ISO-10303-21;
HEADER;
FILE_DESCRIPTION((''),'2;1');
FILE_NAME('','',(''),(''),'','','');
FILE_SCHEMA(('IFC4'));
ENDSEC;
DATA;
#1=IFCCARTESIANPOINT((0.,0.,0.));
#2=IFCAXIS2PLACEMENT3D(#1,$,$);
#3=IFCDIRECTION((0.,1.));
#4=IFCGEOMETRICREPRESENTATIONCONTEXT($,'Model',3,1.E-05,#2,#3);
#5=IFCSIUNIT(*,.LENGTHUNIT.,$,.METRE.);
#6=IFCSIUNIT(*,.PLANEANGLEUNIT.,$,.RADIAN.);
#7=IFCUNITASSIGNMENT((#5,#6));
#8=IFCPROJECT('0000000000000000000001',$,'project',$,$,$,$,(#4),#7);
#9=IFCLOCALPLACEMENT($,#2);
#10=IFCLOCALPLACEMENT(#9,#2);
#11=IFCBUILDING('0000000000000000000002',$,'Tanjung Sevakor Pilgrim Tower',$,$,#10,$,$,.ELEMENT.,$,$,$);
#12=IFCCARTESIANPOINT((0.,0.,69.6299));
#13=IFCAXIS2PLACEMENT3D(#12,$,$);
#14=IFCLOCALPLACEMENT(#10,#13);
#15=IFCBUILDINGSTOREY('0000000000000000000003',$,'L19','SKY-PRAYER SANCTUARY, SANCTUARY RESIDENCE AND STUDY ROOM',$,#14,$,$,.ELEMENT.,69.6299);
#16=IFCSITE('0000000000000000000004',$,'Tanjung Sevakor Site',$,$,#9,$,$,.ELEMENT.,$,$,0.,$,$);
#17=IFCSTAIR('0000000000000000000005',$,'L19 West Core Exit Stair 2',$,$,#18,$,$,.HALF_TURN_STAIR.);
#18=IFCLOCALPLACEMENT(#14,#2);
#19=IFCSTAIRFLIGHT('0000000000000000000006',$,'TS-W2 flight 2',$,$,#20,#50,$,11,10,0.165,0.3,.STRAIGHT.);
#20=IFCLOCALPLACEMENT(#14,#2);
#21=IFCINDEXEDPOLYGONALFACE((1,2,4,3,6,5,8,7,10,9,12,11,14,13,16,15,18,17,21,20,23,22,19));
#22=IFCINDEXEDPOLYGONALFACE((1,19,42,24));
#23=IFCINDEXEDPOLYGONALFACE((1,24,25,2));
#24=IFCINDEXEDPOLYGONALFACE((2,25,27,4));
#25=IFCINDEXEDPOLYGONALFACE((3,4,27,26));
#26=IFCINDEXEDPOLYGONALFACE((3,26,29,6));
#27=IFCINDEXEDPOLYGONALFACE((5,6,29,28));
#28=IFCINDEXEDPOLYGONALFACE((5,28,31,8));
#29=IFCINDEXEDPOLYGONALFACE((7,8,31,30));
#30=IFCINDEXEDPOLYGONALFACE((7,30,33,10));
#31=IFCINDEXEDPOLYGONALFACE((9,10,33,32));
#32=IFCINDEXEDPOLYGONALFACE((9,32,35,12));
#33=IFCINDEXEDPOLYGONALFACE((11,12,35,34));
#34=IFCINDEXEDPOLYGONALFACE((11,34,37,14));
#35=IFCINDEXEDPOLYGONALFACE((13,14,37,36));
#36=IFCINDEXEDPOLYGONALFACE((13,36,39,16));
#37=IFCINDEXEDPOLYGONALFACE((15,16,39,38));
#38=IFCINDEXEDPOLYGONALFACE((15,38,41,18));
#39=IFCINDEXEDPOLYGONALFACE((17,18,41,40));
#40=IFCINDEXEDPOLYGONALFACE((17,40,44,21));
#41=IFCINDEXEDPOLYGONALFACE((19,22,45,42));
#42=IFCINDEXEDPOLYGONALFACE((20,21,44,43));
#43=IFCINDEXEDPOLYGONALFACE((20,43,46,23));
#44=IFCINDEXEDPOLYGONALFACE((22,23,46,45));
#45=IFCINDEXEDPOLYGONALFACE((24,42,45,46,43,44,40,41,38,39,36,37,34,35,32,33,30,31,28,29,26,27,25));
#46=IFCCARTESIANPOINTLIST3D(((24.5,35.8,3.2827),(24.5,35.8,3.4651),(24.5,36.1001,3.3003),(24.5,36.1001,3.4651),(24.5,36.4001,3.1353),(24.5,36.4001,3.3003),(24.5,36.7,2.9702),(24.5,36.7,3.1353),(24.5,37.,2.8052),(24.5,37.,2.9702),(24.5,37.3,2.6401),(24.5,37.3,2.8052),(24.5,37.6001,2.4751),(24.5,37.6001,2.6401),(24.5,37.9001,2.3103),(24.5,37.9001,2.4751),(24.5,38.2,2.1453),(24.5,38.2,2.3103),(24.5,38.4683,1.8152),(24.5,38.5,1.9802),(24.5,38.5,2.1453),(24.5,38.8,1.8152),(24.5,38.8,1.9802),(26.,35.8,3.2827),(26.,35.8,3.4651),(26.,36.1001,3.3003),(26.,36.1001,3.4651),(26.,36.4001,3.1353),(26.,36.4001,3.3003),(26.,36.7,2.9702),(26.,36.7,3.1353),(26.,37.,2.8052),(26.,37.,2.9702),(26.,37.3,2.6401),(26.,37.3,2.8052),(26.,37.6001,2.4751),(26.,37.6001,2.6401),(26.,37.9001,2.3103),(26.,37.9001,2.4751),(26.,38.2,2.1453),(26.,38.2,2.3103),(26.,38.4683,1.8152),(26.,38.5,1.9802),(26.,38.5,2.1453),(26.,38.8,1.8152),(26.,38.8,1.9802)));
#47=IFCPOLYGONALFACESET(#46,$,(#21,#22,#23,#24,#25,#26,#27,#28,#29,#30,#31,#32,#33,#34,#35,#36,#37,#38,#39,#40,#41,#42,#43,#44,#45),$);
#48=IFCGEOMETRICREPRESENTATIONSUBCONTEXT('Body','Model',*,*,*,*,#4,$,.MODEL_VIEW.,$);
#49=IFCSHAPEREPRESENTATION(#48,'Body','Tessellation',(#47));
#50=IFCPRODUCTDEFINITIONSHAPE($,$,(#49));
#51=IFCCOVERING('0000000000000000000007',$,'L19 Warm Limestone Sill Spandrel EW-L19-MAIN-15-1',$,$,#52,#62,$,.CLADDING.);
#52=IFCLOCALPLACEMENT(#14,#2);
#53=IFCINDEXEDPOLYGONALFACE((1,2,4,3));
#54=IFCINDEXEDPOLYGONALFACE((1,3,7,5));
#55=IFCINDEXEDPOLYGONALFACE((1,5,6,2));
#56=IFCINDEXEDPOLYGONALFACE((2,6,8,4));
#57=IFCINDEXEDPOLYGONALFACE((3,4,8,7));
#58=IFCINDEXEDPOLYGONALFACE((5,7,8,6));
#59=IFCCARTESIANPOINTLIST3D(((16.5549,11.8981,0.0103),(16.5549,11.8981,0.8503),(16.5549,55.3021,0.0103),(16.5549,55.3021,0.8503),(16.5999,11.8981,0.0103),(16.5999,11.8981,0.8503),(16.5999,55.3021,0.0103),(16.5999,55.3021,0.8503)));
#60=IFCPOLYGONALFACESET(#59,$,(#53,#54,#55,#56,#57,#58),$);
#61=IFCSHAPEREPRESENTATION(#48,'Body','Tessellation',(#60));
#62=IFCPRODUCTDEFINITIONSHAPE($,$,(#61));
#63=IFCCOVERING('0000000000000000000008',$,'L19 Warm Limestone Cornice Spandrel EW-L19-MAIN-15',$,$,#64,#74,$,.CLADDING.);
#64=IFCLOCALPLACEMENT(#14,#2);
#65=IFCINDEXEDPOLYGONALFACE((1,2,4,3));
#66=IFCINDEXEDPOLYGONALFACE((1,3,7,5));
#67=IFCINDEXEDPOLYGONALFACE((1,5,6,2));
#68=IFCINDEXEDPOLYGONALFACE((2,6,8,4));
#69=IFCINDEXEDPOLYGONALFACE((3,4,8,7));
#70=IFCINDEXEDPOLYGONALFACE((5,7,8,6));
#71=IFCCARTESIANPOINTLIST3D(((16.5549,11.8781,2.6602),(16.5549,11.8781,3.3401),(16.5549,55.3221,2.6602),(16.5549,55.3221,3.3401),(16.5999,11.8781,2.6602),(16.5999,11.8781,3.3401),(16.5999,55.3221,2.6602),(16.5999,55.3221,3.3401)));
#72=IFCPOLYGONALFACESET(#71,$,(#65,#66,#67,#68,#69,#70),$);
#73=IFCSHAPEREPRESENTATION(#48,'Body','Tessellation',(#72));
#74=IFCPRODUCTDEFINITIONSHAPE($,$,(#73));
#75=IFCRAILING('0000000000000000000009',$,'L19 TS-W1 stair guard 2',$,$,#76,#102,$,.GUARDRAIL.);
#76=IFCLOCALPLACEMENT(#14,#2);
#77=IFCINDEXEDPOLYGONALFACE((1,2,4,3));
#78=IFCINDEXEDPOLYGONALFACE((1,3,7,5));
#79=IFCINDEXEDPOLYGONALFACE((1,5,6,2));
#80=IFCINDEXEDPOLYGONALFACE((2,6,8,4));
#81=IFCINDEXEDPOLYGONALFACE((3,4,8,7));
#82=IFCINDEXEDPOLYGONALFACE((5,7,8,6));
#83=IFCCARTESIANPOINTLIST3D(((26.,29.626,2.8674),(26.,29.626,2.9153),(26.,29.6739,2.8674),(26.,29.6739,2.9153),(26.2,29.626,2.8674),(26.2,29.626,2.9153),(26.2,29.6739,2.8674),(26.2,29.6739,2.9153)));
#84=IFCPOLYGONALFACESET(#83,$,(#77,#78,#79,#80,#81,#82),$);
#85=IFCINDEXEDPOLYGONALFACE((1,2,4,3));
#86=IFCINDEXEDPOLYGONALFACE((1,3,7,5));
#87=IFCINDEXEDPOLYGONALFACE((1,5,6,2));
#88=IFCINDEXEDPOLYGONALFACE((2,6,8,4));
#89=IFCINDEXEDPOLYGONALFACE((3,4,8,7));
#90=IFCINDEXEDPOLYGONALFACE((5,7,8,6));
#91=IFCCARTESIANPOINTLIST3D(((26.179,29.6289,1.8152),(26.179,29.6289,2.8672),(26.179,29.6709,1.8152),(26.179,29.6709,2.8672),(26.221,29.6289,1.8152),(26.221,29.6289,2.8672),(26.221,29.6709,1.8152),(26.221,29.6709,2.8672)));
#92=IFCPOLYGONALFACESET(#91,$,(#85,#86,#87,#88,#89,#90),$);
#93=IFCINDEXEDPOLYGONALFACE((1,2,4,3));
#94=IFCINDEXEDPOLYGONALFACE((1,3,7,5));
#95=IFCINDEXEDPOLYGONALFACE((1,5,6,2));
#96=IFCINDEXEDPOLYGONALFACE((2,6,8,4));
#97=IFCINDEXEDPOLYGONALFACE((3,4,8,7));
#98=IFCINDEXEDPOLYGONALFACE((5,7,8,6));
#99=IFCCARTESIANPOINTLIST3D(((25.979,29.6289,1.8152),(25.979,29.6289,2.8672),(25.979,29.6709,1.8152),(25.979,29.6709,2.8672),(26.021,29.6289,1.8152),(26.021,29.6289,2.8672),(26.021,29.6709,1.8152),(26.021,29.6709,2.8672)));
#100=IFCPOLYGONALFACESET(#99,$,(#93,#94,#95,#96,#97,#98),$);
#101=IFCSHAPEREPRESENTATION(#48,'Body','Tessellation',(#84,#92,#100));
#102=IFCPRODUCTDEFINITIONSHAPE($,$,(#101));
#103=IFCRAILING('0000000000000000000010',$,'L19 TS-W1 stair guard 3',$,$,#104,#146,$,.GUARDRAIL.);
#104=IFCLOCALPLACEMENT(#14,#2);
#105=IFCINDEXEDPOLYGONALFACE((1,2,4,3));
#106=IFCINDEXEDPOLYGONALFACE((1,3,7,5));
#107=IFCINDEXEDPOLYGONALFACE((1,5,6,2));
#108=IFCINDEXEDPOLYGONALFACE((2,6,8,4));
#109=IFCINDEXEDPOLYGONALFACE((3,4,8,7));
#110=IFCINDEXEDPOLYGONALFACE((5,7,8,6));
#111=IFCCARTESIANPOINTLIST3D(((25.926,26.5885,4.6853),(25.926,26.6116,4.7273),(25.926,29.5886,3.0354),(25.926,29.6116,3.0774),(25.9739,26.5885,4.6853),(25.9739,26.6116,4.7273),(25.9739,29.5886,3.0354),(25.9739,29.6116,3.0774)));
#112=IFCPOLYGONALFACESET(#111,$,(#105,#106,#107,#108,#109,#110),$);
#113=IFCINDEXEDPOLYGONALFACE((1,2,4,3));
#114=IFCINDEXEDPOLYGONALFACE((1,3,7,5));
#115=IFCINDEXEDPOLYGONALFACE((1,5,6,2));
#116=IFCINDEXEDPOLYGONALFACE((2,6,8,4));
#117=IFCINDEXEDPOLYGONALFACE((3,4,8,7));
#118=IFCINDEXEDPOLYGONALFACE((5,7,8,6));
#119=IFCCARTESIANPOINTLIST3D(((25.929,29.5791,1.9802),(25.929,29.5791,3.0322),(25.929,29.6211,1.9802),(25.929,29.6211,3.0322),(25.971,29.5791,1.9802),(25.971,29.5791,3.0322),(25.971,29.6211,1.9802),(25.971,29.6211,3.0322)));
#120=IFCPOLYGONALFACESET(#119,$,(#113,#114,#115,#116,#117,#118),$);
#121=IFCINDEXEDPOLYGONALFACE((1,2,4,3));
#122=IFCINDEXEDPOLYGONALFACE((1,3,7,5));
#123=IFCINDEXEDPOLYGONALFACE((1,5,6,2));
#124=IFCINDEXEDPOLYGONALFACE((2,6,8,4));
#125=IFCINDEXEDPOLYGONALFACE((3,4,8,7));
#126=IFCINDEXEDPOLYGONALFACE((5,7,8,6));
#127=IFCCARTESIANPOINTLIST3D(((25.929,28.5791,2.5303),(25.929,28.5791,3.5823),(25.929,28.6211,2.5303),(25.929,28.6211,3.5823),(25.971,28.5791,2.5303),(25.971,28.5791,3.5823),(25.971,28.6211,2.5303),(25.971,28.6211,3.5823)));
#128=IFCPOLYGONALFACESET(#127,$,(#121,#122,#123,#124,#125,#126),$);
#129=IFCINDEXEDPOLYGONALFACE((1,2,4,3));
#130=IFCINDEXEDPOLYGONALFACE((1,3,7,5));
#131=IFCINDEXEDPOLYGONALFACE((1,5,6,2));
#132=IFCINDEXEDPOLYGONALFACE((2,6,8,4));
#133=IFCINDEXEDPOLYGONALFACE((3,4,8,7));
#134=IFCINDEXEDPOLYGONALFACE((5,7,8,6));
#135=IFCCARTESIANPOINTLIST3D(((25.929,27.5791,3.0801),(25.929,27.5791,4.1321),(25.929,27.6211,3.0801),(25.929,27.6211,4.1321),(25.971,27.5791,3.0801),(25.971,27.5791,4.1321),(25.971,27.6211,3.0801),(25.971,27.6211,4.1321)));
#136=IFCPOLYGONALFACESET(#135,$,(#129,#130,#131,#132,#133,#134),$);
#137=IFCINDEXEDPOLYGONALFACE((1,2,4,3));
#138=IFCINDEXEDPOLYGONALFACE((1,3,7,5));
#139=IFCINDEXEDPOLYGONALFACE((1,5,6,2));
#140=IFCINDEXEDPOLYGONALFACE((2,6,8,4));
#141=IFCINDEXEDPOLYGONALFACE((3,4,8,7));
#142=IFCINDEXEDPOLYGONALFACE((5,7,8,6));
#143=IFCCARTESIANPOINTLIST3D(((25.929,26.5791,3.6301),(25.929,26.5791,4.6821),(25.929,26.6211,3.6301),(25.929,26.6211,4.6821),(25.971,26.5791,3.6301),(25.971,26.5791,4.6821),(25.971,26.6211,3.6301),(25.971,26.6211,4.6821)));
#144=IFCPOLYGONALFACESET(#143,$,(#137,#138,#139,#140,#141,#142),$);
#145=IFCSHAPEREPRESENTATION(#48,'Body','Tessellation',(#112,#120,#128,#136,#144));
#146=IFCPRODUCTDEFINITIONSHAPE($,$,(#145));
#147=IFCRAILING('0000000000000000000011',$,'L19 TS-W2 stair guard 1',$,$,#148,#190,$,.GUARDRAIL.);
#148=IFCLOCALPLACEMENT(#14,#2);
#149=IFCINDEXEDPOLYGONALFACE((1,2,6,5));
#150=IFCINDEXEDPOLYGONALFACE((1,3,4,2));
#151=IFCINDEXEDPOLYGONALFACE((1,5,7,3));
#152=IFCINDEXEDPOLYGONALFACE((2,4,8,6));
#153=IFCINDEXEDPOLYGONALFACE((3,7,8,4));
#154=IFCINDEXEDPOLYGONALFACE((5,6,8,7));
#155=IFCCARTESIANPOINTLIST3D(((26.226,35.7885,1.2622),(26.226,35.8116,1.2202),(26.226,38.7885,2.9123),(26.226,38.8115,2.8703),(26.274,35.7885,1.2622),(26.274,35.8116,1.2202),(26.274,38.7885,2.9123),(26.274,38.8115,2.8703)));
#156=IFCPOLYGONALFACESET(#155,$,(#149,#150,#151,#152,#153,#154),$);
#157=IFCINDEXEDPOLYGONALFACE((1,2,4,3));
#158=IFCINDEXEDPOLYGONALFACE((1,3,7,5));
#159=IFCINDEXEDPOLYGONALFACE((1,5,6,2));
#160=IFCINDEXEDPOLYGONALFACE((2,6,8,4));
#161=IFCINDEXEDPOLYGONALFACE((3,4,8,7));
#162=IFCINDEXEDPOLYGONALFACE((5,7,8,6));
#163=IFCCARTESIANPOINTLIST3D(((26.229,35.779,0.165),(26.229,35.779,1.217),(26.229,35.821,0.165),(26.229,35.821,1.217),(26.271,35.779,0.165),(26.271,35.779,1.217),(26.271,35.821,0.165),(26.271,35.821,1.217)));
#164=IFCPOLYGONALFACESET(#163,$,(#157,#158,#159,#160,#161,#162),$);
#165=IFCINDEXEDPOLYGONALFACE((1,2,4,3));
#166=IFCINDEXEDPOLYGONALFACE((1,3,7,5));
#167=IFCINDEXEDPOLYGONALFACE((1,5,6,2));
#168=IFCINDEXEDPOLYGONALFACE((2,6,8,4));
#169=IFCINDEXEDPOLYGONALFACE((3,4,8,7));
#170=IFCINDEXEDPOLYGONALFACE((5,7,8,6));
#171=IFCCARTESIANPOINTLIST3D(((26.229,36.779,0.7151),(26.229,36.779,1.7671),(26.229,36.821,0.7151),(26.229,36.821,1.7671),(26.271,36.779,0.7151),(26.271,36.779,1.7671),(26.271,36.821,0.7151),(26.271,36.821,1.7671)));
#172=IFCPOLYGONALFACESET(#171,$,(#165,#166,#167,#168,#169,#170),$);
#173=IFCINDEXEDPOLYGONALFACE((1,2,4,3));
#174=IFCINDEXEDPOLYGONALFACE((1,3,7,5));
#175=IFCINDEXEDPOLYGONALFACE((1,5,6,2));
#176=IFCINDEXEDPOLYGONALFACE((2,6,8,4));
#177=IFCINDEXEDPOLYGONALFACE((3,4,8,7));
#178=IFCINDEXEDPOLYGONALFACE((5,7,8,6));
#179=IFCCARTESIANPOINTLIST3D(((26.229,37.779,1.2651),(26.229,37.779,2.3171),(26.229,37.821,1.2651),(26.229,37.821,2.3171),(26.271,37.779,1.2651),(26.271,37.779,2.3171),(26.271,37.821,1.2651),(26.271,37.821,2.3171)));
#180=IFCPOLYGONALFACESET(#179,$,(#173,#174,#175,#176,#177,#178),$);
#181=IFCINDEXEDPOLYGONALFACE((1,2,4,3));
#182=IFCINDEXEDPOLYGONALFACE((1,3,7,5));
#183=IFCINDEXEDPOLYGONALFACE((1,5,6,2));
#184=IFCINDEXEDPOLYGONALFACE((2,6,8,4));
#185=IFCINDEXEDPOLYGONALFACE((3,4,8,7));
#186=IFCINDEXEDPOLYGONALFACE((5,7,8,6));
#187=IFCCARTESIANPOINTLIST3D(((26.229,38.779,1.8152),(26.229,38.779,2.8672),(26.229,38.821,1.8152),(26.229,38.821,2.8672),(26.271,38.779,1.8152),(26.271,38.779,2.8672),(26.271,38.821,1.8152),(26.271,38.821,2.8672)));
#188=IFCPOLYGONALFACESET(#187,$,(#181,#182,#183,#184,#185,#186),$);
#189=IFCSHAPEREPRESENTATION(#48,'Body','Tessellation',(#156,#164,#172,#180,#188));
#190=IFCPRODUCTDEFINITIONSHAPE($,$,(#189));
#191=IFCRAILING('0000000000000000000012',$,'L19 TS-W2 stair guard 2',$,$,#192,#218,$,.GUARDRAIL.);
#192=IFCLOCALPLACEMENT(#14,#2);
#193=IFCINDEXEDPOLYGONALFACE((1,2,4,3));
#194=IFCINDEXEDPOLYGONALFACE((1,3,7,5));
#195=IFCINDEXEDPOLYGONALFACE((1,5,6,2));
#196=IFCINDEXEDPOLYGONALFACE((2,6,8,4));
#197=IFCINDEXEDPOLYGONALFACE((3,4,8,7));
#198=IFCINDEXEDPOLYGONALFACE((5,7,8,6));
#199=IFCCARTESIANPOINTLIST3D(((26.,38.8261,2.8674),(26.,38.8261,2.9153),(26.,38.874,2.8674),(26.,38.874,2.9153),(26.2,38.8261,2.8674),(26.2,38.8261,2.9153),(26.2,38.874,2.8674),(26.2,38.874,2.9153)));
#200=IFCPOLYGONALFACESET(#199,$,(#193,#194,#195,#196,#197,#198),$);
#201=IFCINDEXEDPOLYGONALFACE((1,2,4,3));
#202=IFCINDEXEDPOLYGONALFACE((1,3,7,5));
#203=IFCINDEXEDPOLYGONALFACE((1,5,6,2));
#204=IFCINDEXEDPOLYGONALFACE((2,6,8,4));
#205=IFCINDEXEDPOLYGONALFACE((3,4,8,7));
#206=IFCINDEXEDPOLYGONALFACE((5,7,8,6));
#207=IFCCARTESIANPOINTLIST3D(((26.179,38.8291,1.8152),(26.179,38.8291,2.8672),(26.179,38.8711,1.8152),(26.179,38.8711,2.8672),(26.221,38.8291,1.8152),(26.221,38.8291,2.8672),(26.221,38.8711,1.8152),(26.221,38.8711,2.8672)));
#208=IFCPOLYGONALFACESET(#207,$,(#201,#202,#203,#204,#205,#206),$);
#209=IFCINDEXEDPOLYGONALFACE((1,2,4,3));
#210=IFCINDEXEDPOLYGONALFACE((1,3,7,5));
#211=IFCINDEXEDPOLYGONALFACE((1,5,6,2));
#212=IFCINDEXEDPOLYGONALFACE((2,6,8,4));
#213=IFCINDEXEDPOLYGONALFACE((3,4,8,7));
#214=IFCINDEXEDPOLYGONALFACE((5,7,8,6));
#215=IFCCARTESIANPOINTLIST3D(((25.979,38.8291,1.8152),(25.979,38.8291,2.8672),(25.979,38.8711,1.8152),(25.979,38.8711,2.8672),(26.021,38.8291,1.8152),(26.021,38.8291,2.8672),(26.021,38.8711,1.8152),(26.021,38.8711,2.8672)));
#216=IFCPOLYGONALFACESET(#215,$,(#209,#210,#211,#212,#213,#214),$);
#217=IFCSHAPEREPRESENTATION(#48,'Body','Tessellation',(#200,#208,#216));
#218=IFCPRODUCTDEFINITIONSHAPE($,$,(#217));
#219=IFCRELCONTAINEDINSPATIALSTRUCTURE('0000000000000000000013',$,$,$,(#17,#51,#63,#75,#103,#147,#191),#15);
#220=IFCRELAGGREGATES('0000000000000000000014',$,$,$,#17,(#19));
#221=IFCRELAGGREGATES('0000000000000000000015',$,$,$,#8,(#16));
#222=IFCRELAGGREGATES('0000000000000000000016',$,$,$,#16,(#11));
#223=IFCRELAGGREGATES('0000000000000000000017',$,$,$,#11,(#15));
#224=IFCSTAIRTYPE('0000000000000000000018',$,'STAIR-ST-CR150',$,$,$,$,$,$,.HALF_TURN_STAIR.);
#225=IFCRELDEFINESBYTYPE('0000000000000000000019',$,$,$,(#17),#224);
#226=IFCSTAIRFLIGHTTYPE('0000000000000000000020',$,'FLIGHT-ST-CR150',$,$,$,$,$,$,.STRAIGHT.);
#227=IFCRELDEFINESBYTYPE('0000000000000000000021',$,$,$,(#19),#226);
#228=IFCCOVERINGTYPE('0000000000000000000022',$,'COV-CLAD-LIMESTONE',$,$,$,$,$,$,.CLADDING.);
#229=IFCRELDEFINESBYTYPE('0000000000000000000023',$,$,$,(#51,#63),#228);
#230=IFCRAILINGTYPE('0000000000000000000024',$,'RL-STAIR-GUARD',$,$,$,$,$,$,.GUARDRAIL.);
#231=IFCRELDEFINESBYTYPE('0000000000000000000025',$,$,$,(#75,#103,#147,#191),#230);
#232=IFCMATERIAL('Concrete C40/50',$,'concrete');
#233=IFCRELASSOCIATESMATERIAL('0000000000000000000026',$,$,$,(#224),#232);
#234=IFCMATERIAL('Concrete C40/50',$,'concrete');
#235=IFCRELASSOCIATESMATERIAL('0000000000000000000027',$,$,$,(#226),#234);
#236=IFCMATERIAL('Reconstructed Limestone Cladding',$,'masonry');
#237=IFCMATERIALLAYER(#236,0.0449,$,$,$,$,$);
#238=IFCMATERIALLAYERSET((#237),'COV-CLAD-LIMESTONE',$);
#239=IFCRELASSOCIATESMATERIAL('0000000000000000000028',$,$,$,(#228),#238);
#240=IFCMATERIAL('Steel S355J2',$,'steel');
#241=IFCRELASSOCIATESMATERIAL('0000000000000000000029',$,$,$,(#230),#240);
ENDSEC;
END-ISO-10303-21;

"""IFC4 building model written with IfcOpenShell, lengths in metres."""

from ifc_helpers import new_model, si_unit, direction, frame, origin, origin_2d, place, context, subcontext, project, spatial, polyline, rectangle, outline, extrude, material, layer, layer_set, type_object, element, aggregate, save


model = new_model("IFC4")

# Units and contexts
model_context = context("Model", 3, precision=1e-05, world=origin(), true_north=direction((0.0, 1.0)))
body_context = subcontext(model_context, "Body", "Model", "MODEL_VIEW")
ifc_project = project(units=[si_unit("LENGTHUNIT", "METRE"), si_unit("PLANEANGLEUNIT", "RADIAN")], contexts=[model_context])

# Site, building, storey
site_placement = place(None, origin())
site = spatial("IfcSite", under=ifc_project, at=site_placement, Name="Tanjung Sevakor Site", CompositionType="ELEMENT", RefElevation=0.0)
building_placement = place(site_placement, origin())
building = spatial("IfcBuilding", under=site, at=building_placement, Name="Tanjung Sevakor Pilgrim Tower", CompositionType="ELEMENT")
storey_placement = place(building_placement, frame((0.0, 0.0, 69.6299)))
storey = spatial("IfcBuildingStorey", under=building, at=storey_placement, Name="L19", Description="SKY-PRAYER SANCTUARY, SANCTUARY RESIDENCE AND STUDY ROOM", CompositionType="ELEMENT", Elevation=69.6299)

# Shared definitions
ifc_material_1 = material(Name="Concrete C40/50", Category="concrete")
stair_type = type_object("IfcStairType", Name="STAIR-ST-CR150", PredefinedType="HALF_TURN_STAIR", material=ifc_material_1)
ifc_material_2 = material(Name="Concrete C40/50", Category="concrete")
stair_flight_type = type_object("IfcStairFlightType", Name="FLIGHT-ST-CR150", PredefinedType="STRAIGHT", material=ifc_material_2)

# Stair, stair flight
stair_1_placement = place(storey_placement, origin())
stair_1 = element("IfcStair", 1, at=stair_1_placement, inside=storey, type_object=stair_type, Name="L19 West Core Exit Stair 2", PredefinedType="HALF_TURN_STAIR")
stair_flight_1_placement = place(storey_placement, frame((25.25, 38.8, 1.8152), z_axis=(0.0, 0.0, 1.0), x_axis=(0.0, -1.0, 0.0)))
stair_flight_1 = element("IfcStairFlight", 2, at=stair_flight_1_placement, type_object=stair_flight_type, Name="TS-W2 flight 2", NumberOfRisers=11, NumberOfTreads=10, PredefinedType="STRAIGHT", RiserHeight=0.165, TreadLength=0.3, context=body_context, shape_type="SweptSolid", body=[
    extrude(outline(polyline([(0.0, 0.0), (0.0, 0.165), (0.3, 0.165), (0.3, 0.3301), (0.6001, 0.3301), (0.6001, 0.4951), (0.8999, 0.4951), (0.8999, 0.6599), (1.2, 0.6599), (1.2, 0.825), (1.5, 0.825), (1.5, 0.99), (1.8, 0.99), (1.8, 1.155), (2.1001, 1.155), (2.1001, 1.3201), (2.3999, 1.3201), (2.3999, 1.4851), (2.7, 1.4851), (2.7, 1.6499), (3.0, 1.6499), (3.0, 1.8149), (3.0, 1.4675), (0.3318, 0.0), (0.0, 0.0)])), frame((0.0, 0.75, 0.0), z_axis=(0.0, -1.0, 0.0), x_axis=(1.0, 0.0, 0.0)), (0.0, 0.0, 1.0), 1.5),
])
aggregate(stair_1, [stair_flight_1])

# Coverings
ifc_material_3 = material(Name="Reconstructed Limestone Cladding", Category="masonry")
ifc_layer_1 = layer(ifc_material_3, 0.0449)
ifc_layer_set_1 = layer_set([ifc_layer_1], Name="COV-CLAD-LIMESTONE")
covering_type = type_object("IfcCoveringType", Name="COV-CLAD-LIMESTONE", PredefinedType="CLADDING", material=ifc_layer_set_1)
covering_1_placement = place(storey_placement, frame((16.5774, 33.6001, 0.0103), z_axis=(0.0, 0.0, 1.0), x_axis=(0.0, -1.0, 0.0)))
element("IfcCovering", 3, at=covering_1_placement, inside=storey, type_object=covering_type, Name="L19 Warm Limestone Sill Spandrel EW-L19-MAIN-15-1", PredefinedType="CLADDING", context=body_context, shape_type="SweptSolid", body=[
    extrude(rectangle(XDim=43.4041, YDim=0.0449, at=origin_2d()), origin(), (0.0, 0.0, 1.0), 0.8401),
])
covering_2_placement = place(storey_placement, frame((16.5774, 33.6001, 2.6602), z_axis=(0.0, 0.0, 1.0), x_axis=(0.0, -1.0, 0.0)))
element("IfcCovering", 4, at=covering_2_placement, inside=storey, type_object=covering_type, Name="L19 Warm Limestone Cornice Spandrel EW-L19-MAIN-15", PredefinedType="CLADDING", context=body_context, shape_type="SweptSolid", body=[
    extrude(rectangle(XDim=43.4441, YDim=0.0449, at=origin_2d()), origin(), (0.0, 0.0, 1.0), 0.6799),
])

# Railings
ifc_material_4 = material(Name="Steel S355J2", Category="steel")
railing_type_1 = type_object("IfcRailingType", Name="RL-STAIR-GUARD", PredefinedType="GUARDRAIL", material=ifc_material_4)
railing_1_placement = place(storey_placement, frame((26.2, 29.6499, 1.8152)))
element("IfcRailing", 5, at=railing_1_placement, inside=storey, type_object=railing_type_1, Name="L19 TS-W1 stair guard 2", PredefinedType="GUARDRAIL", context=body_context, shape_type="SweptSolid", body=[
    extrude(rectangle(XDim=0.0479, YDim=0.0479), frame((0.0, 0.0, 1.0762), z_axis=(-1.0, 0.0, 0.0), x_axis=(0.0, -1.0, 0.0)), (0.0, 0.0, 1.0), 0.2),
    extrude(rectangle(XDim=0.042, YDim=0.042), origin(), (0.0, 0.0, 1.0), 1.052),
    extrude(rectangle(XDim=0.042, YDim=0.042), frame((-0.2, 0.0, 0.0)), (0.0, 0.0, 1.0), 1.052),
])
railing_2_placement = place(storey_placement, frame((25.95, 29.6001, 1.9802)))
element("IfcRailing", 6, at=railing_2_placement, inside=storey, type_object=railing_type_1, Name="L19 TS-W1 stair guard 3", PredefinedType="GUARDRAIL", context=body_context, shape_type="SweptSolid", body=[
    extrude(rectangle(XDim=0.0479, YDim=0.0479), frame((0.0, 0.0, 1.0762), z_axis=(0.0, -0.876228, 0.481897), x_axis=(1.0, 0.0, 0.0)), (0.0, 0.0, 1.0), 3.4238),
    extrude(rectangle(XDim=0.042, YDim=0.042), origin(), (0.0, 0.0, 1.0), 1.052),
    extrude(rectangle(XDim=0.042, YDim=0.042), frame((0.0, -1.0, 0.55)), (0.0, 0.0, 1.0), 1.052),
    extrude(rectangle(XDim=0.042, YDim=0.042), frame((0.0, -2.0, 1.0999)), (0.0, 0.0, 1.0), 1.052),
    extrude(rectangle(XDim=0.042, YDim=0.042), frame((0.0, -3.0, 1.6499)), (0.0, 0.0, 1.0), 1.052),
])
railing_3_placement = place(storey_placement, frame((26.25, 35.8, 0.165)))
element("IfcRailing", 7, at=railing_3_placement, inside=storey, type_object=railing_type_1, Name="L19 TS-W2 stair guard 1", PredefinedType="GUARDRAIL", context=body_context, shape_type="SweptSolid", body=[
    extrude(rectangle(XDim=0.0479, YDim=0.0479), frame((0.0, 0.0, 1.0762), z_axis=(0.0, 0.876198, 0.481952), x_axis=(-1.0, 0.0, 0.0)), (0.0, 0.0, 1.0), 3.4238),
    extrude(rectangle(XDim=0.042, YDim=0.042), origin(), (0.0, 0.0, 1.0), 1.052),
    extrude(rectangle(XDim=0.042, YDim=0.042), frame((0.0, 1.0, 0.55)), (0.0, 0.0, 1.0), 1.052),
    extrude(rectangle(XDim=0.042, YDim=0.042), frame((0.0, 2.0, 1.1001)), (0.0, 0.0, 1.0), 1.052),
    extrude(rectangle(XDim=0.042, YDim=0.042), frame((0.0, 3.0, 1.6501)), (0.0, 0.0, 1.0), 1.052),
])
railing_4_placement = place(storey_placement, frame((26.2, 38.8501, 1.8152)))
element("IfcRailing", 8, at=railing_4_placement, inside=storey, type_object=railing_type_1, Name="L19 TS-W2 stair guard 2", PredefinedType="GUARDRAIL", context=body_context, shape_type="SweptSolid", body=[
    extrude(rectangle(XDim=0.0479, YDim=0.0479), frame((0.0, 0.0, 1.0762), z_axis=(-1.0, 0.0, 0.0), x_axis=(0.0, -1.0, 0.0)), (0.0, 0.0, 1.0), 0.2),
    extrude(rectangle(XDim=0.042, YDim=0.042), origin(), (0.0, 0.0, 1.0), 1.052),
    extrude(rectangle(XDim=0.042, YDim=0.042), frame((-0.2, 0.0, 0.0)), (0.0, 0.0, 1.0), 1.052),
])

save(model, "model.ifc")
